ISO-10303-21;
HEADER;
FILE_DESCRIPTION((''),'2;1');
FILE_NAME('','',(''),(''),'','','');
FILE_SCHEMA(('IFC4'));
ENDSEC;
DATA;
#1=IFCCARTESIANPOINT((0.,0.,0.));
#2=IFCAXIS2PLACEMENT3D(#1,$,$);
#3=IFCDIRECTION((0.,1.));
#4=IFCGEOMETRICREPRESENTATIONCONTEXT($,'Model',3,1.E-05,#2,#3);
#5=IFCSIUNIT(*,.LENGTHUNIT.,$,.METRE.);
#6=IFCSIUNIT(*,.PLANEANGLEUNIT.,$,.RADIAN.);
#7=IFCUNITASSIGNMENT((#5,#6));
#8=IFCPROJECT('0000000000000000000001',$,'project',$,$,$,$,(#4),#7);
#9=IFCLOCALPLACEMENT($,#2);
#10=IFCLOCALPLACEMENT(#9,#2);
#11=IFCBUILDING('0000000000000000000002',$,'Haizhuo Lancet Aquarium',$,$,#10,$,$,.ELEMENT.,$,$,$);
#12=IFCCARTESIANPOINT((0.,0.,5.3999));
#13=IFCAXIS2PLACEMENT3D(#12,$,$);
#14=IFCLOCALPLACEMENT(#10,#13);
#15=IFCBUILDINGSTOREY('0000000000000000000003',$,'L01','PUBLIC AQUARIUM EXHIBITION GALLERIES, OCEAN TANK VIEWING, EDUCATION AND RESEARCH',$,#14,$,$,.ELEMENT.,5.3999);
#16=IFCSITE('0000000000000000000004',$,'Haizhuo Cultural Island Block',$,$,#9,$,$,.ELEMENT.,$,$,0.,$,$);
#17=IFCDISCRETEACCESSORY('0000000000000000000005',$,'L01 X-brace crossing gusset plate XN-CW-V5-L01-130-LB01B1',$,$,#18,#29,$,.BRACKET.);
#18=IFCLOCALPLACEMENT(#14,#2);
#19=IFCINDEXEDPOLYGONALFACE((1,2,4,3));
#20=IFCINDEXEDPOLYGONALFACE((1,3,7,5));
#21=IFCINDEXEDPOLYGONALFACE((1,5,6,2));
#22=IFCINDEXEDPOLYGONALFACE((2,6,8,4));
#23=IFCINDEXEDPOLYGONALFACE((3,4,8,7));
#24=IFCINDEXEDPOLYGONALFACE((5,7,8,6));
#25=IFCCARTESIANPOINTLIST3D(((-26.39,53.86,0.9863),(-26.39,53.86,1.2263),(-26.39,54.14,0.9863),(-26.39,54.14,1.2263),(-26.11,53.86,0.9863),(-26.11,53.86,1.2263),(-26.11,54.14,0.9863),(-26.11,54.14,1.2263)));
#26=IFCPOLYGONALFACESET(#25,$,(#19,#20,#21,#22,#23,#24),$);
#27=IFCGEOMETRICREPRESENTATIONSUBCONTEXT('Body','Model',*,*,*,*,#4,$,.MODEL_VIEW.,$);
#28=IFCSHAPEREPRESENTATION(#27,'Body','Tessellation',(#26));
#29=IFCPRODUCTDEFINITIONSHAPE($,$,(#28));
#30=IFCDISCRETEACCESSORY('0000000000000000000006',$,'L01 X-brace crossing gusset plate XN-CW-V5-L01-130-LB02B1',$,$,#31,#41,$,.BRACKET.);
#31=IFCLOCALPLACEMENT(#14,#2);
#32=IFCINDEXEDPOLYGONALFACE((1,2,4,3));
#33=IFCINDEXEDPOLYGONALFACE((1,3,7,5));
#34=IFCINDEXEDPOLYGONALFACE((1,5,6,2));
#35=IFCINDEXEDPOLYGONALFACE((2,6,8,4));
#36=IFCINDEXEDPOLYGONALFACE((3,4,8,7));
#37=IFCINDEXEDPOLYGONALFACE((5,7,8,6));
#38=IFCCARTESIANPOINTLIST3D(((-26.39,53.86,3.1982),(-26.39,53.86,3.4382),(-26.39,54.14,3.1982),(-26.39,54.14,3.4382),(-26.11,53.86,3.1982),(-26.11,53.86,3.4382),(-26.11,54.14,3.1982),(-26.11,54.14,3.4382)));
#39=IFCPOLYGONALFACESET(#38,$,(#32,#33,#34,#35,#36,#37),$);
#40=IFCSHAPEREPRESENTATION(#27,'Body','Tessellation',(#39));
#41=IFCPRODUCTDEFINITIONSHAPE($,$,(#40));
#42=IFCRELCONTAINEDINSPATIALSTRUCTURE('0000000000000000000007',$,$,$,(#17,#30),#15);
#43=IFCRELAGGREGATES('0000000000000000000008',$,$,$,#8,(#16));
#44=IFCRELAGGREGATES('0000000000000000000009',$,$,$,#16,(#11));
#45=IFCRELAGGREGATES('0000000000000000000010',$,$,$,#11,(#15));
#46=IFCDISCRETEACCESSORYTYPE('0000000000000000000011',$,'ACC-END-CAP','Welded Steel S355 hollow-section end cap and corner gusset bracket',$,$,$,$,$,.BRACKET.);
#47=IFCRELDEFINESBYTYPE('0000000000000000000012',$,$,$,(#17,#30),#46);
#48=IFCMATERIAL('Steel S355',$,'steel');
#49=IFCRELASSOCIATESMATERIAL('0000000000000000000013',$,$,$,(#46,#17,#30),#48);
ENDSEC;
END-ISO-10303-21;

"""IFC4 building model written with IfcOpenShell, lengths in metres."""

from ifc_helpers import new_model, si_unit, direction, frame, origin, origin_2d, place, context, subcontext, project, spatial, rectangle, extrude, material, type_object, element, save


model = new_model("IFC4")

# Units and contexts
model_context = context("Model", 3, precision=1e-05, world=origin(), true_north=direction((0.0, 1.0)))
body_context = subcontext(model_context, "Body", "Model", "MODEL_VIEW")
ifc_project = project(units=[si_unit("LENGTHUNIT", "METRE"), si_unit("PLANEANGLEUNIT", "RADIAN")], contexts=[model_context])

# Site, building, storey
site_placement = place(None, origin())
site = spatial("IfcSite", under=ifc_project, at=site_placement, Name="Haizhuo Cultural Island Block", CompositionType="ELEMENT", RefElevation=0.0)
building_placement = place(site_placement, origin())
building = spatial("IfcBuilding", under=site, at=building_placement, Name="Haizhuo Lancet Aquarium", CompositionType="ELEMENT")
storey_placement = place(building_placement, frame((0.0, 0.0, 5.3999)))
storey = spatial("IfcBuildingStorey", under=building, at=storey_placement, Name="L01", Description="PUBLIC AQUARIUM EXHIBITION GALLERIES, OCEAN TANK VIEWING, EDUCATION AND RESEARCH", CompositionType="ELEMENT", Elevation=5.3999)

# Shared definitions
ifc_material_1 = material(Name="Steel S355", Category="steel")

# Discrete accessories
discrete_accessory_type = type_object("IfcDiscreteAccessoryType", Name="ACC-END-CAP", Description="Welded Steel S355 hollow-section end cap and corner gusset bracket", PredefinedType="BRACKET", material=ifc_material_1)
for number, where, z_axis, x_axis, name in (
    (1, (-26.25, 54.0, 0.9863), (0.0, 0.0, 1.0), (1.0, 0.0, 0.0), "L01 X-brace crossing gusset plate XN-CW-V5-L01-130-LB01B1"),
    (2, (-26.25, 54.0, 3.1982), (0.0, 0.0, 1.0), (1.0, 0.0, 0.0), "L01 X-brace crossing gusset plate XN-CW-V5-L01-130-LB02B1"),
):
    element("IfcDiscreteAccessory", number, at=place(storey_placement, frame(where, z_axis=z_axis, x_axis=x_axis)), inside=storey, type_object=discrete_accessory_type, material=ifc_material_1, Name=name, PredefinedType="BRACKET", context=body_context, shape_type="SweptSolid", body=[
        extrude(rectangle(XDim=0.28, YDim=0.28, at=origin_2d()), origin(), (0.0, 0.0, 1.0), 0.24),
    ])

save(model, "model.ifc")
